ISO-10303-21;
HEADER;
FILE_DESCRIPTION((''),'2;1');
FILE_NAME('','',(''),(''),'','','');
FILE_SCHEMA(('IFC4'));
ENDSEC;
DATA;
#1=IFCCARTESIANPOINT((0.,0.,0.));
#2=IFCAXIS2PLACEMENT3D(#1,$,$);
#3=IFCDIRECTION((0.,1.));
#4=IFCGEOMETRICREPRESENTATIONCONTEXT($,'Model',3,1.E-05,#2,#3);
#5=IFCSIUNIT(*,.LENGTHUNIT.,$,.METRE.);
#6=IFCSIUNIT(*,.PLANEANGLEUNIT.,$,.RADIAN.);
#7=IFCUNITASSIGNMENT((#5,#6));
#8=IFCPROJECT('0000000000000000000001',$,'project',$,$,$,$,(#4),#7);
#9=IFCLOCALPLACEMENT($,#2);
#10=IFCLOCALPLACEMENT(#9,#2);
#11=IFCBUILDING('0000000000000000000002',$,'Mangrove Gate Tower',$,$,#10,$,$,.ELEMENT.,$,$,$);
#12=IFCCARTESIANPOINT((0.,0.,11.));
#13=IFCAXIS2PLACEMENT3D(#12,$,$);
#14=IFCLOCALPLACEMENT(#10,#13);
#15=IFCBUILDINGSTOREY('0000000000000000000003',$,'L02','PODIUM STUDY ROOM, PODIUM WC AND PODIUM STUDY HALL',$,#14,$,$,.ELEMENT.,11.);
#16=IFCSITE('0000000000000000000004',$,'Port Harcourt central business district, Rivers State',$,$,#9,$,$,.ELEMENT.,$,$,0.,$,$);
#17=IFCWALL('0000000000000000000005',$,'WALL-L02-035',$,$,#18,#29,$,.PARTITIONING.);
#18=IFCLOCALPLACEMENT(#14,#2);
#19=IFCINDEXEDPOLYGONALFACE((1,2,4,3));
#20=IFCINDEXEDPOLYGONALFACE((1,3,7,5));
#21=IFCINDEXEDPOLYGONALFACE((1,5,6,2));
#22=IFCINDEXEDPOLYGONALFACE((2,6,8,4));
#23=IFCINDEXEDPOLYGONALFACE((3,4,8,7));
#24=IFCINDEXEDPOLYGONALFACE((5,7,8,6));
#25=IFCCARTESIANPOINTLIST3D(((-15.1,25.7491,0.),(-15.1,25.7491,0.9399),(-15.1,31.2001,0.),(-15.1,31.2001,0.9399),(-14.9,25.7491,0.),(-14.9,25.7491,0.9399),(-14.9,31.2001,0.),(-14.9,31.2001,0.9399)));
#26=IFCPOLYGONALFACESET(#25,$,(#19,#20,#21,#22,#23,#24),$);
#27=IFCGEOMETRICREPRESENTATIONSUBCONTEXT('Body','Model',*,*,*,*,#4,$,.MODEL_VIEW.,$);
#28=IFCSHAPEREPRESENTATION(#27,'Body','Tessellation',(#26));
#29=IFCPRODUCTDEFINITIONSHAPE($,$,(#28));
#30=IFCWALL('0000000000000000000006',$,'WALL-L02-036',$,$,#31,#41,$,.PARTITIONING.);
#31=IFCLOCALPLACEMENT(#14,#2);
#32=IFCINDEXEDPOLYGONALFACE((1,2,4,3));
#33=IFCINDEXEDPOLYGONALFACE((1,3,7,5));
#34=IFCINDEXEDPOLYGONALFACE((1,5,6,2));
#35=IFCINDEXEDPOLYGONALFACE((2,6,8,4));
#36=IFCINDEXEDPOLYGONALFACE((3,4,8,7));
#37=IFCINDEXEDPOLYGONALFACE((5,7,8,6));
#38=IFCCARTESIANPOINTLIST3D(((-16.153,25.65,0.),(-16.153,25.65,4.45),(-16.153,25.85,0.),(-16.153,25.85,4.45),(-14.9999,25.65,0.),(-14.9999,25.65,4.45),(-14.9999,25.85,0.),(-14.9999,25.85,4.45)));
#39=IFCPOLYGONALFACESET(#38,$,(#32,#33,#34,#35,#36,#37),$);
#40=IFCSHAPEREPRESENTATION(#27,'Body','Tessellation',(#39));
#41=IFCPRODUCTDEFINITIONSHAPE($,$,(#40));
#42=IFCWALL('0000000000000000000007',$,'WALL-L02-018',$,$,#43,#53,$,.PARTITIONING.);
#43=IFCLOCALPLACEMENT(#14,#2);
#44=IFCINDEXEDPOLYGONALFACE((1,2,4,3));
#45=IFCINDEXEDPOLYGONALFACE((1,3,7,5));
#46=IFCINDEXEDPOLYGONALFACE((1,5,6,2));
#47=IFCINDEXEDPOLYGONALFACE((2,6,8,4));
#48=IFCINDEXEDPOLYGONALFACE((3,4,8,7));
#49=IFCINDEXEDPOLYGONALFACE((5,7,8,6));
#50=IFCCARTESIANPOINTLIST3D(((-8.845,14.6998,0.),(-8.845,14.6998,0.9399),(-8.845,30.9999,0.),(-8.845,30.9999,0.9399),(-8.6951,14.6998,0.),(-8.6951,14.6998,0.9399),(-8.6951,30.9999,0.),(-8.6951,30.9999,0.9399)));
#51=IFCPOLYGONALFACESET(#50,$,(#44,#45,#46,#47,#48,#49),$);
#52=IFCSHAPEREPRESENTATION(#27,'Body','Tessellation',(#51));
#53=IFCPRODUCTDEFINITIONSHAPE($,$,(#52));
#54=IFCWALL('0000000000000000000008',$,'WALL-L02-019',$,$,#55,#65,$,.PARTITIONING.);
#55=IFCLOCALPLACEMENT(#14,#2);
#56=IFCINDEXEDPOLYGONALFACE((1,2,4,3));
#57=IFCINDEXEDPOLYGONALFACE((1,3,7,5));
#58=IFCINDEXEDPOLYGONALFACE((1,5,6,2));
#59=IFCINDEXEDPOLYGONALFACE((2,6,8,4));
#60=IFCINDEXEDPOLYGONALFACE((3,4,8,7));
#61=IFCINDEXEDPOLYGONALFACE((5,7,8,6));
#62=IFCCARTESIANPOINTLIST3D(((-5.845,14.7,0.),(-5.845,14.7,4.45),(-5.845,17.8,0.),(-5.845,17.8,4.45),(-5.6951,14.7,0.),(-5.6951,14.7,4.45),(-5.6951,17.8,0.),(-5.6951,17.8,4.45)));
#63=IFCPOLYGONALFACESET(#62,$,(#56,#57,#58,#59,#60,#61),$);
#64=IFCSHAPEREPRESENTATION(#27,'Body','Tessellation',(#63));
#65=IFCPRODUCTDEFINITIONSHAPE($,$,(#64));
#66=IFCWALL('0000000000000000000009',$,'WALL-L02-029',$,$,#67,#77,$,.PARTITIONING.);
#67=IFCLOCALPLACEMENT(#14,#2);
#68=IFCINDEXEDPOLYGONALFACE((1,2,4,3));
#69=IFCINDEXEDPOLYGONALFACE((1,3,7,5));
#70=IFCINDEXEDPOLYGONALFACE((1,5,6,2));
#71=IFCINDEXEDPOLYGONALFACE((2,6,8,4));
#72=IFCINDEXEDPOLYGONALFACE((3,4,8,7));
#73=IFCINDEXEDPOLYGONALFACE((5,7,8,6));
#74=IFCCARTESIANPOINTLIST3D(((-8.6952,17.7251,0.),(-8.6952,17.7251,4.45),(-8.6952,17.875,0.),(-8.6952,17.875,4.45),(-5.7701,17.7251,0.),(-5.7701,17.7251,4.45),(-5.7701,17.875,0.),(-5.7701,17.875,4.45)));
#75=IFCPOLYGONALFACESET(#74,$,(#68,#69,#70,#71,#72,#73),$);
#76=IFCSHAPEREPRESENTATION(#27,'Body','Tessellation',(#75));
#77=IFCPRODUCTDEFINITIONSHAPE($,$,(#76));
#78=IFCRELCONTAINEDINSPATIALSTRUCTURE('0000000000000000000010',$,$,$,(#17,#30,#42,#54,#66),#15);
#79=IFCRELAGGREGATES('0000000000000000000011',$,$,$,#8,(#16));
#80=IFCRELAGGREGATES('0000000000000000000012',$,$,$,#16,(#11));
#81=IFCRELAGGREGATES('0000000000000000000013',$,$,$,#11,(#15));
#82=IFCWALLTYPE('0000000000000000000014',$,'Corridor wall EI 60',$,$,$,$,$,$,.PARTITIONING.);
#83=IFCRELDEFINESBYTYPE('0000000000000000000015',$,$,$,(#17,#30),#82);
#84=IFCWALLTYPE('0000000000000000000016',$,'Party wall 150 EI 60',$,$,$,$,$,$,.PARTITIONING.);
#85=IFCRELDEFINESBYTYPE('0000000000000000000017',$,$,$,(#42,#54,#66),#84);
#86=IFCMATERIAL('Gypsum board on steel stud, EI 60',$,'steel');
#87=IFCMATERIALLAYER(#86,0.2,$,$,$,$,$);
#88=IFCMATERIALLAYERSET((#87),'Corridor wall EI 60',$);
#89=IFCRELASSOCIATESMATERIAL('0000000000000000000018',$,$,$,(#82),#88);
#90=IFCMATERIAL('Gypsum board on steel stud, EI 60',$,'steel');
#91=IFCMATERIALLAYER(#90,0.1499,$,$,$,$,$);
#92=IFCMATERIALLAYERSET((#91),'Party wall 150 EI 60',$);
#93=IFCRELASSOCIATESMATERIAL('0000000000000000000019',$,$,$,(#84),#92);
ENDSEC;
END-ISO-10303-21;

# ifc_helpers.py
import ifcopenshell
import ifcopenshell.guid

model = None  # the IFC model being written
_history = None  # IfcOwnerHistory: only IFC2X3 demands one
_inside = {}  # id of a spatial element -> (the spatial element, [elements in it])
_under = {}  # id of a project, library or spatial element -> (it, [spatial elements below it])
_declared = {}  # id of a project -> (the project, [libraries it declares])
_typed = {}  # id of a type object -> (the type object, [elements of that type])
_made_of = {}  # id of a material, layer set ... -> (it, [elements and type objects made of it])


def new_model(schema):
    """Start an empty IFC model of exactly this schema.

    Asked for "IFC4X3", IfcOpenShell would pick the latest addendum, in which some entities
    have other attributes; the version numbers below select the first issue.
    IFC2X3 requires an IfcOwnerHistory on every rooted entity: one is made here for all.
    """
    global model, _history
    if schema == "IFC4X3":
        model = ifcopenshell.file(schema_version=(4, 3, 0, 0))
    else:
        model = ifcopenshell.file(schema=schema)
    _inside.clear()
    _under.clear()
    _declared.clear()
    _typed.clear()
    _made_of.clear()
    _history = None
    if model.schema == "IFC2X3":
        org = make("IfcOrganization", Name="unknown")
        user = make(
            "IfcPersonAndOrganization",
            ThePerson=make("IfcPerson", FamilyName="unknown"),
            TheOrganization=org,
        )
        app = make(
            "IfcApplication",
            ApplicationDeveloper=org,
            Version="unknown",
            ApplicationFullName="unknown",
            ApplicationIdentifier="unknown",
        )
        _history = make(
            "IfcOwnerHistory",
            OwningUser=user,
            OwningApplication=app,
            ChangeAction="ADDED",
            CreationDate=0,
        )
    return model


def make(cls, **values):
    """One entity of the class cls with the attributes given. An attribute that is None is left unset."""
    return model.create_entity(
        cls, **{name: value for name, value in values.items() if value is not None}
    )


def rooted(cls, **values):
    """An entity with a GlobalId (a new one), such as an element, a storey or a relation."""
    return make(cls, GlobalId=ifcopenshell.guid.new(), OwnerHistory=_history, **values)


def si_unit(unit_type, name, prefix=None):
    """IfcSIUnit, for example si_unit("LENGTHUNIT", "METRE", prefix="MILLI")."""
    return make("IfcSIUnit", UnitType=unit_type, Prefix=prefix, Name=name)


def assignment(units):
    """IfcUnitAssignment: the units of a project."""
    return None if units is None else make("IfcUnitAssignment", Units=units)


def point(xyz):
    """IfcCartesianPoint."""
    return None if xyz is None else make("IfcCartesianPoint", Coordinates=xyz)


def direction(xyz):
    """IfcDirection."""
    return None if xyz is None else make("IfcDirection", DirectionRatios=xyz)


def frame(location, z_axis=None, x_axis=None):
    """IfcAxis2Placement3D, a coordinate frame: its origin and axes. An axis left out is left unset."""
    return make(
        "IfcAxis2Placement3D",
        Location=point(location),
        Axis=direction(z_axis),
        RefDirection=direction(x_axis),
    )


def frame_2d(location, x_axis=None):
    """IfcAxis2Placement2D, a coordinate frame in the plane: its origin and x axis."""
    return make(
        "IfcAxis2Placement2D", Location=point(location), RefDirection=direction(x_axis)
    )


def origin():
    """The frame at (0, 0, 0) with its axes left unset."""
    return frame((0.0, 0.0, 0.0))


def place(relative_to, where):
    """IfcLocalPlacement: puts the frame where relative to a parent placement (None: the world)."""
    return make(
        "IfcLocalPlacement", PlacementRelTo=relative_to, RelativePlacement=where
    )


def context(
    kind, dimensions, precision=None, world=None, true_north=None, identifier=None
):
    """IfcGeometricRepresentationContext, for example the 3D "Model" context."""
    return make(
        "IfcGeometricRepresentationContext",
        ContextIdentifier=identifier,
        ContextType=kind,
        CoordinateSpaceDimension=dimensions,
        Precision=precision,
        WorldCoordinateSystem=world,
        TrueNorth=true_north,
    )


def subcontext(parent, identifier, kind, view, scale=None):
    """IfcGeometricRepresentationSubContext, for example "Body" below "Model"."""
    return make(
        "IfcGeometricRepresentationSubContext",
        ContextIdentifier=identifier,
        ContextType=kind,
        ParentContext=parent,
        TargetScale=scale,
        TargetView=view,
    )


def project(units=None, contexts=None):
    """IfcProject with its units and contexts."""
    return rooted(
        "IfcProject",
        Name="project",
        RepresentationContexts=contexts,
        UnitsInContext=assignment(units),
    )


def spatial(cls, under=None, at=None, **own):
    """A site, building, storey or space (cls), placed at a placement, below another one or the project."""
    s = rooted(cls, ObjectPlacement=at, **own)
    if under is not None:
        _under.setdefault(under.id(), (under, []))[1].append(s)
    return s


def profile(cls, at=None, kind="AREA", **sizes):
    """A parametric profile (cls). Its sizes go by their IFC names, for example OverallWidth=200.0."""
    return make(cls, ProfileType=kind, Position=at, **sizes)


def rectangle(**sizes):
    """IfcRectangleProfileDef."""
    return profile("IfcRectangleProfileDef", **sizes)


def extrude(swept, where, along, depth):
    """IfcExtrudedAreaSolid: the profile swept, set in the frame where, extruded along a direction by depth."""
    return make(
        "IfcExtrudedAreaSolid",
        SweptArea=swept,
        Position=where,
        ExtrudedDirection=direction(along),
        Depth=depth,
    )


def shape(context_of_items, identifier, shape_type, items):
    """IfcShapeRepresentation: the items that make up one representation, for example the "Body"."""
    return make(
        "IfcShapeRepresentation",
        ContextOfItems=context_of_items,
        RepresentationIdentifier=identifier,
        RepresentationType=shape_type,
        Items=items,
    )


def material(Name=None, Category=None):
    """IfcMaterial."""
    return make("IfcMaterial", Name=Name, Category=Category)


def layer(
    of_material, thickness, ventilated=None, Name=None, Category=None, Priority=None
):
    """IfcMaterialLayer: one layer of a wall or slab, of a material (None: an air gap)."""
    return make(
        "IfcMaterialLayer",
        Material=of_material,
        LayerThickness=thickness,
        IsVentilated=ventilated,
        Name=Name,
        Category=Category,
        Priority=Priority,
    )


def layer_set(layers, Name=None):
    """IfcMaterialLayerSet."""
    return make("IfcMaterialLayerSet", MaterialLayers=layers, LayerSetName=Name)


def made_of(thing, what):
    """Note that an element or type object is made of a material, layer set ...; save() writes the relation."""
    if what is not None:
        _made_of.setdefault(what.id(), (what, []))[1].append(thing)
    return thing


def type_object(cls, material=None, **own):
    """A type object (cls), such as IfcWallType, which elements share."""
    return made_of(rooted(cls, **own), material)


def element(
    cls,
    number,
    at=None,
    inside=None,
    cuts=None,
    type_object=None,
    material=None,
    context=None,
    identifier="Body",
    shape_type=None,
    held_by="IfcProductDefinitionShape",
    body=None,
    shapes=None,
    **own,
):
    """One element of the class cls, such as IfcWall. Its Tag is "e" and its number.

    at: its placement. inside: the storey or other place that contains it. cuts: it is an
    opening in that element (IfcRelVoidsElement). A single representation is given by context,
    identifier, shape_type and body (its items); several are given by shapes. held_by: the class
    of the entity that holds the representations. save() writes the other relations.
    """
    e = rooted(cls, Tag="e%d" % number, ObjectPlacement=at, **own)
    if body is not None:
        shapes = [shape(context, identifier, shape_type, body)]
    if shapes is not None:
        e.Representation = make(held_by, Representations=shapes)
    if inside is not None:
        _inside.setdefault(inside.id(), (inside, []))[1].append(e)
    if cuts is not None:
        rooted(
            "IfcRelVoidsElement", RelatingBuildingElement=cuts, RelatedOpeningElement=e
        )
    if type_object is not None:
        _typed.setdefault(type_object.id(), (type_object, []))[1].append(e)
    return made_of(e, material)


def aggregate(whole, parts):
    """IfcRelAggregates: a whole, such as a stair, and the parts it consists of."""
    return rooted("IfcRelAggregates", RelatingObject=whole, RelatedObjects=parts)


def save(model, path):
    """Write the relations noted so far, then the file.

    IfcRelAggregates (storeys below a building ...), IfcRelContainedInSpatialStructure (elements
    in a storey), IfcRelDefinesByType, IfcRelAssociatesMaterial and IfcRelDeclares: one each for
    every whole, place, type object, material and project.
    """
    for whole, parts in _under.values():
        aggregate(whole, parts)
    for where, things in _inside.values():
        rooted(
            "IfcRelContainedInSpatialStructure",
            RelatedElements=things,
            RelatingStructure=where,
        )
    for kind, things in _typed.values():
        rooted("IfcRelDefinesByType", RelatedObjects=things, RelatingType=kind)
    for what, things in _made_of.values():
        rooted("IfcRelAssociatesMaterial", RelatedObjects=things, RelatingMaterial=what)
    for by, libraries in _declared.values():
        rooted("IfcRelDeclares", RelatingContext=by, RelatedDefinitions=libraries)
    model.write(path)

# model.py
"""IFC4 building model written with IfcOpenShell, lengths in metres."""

from ifc_helpers import new_model, si_unit, direction, frame, frame_2d, origin, place, context, subcontext, project, spatial, rectangle, extrude, material, layer, layer_set, type_object, element, save


model = new_model("IFC4")

# Units and contexts
model_context = context("Model", 3, precision=1e-05, world=origin(), true_north=direction((0.0, 1.0)))
body_context = subcontext(model_context, "Body", "Model", "MODEL_VIEW")
ifc_project = project(units=[si_unit("LENGTHUNIT", "METRE"), si_unit("PLANEANGLEUNIT", "RADIAN")], contexts=[model_context])

# Site, building, storey
site_placement = place(None, origin())
site = spatial("IfcSite", under=ifc_project, at=site_placement, Name="Port Harcourt central business district, Rivers State", CompositionType="ELEMENT", RefElevation=0.0)
building_placement = place(site_placement, origin())
building = spatial("IfcBuilding", under=site, at=building_placement, Name="Mangrove Gate Tower", CompositionType="ELEMENT")
storey_placement = place(building_placement, frame((0.0, 0.0, 11.0)))
storey = spatial("IfcBuildingStorey", under=building, at=storey_placement, Name="L02", Description="PODIUM STUDY ROOM, PODIUM WC AND PODIUM STUDY HALL", CompositionType="ELEMENT", Elevation=11.0)

# Shared definitions
ifc_material_1 = material(Name="Gypsum board on steel stud, EI 60", Category="steel")
ifc_layer_1 = layer(ifc_material_1, 0.2)
ifc_layer_set_1 = layer_set([ifc_layer_1], Name="Corridor wall EI 60")
wall_type_1 = type_object("IfcWallType", Name="Corridor wall EI 60", PredefinedType="PARTITIONING", material=ifc_layer_set_1)

# Walls
wall_1_placement = place(storey_placement, frame((-15.0, 25.749, 0.0), z_axis=(0.0, 0.0, 1.0), x_axis=(0.0, 1.0, 0.0)))
element("IfcWall", 1, at=wall_1_placement, inside=storey, type_object=wall_type_1, Name="WALL-L02-035", PredefinedType="PARTITIONING", context=body_context, shape_type="SweptSolid", body=[
    extrude(rectangle(XDim=5.4509, YDim=0.2, at=frame_2d((2.7256, 0.0))), origin(), (0.0, 0.0, 1.0), 0.9399),
])
wall_2_placement = place(storey_placement, frame((-16.1531, 25.75, 0.0), z_axis=(0.0, 0.0, 1.0), x_axis=(1.0, 0.0, 0.0)))
element("IfcWall", 2, at=wall_2_placement, inside=storey, type_object=wall_type_1, Name="WALL-L02-036", PredefinedType="PARTITIONING", context=body_context, shape_type="SweptSolid", body=[
    extrude(rectangle(XDim=1.1531, YDim=0.2, at=frame_2d((0.5767, 0.0))), origin(), (0.0, 0.0, 1.0), 4.45),
])
ifc_material_2 = material(Name="Gypsum board on steel stud, EI 60", Category="steel")
ifc_layer_2 = layer(ifc_material_2, 0.1499)
ifc_layer_set_2 = layer_set([ifc_layer_2], Name="Party wall 150 EI 60")
wall_type_2 = type_object("IfcWallType", Name="Party wall 150 EI 60", PredefinedType="PARTITIONING", material=ifc_layer_set_2)
wall_3_placement = place(storey_placement, frame((-8.77, 14.7, 0.0), z_axis=(0.0, 0.0, 1.0), x_axis=(0.0, 1.0, 0.0)))
element("IfcWall", 3, at=wall_3_placement, inside=storey, type_object=wall_type_2, Name="WALL-L02-018", PredefinedType="PARTITIONING", context=body_context, shape_type="SweptSolid", body=[
    extrude(rectangle(XDim=16.3, YDim=0.1499, at=frame_2d((8.1499, 0.0))), origin(), (0.0, 0.0, 1.0), 0.9399),
])
wall_4_placement = place(storey_placement, frame((-5.77, 14.7, 0.0), z_axis=(0.0, 0.0, 1.0), x_axis=(0.0, 1.0, 0.0)))
element("IfcWall", 4, at=wall_4_placement, inside=storey, type_object=wall_type_2, Name="WALL-L02-019", PredefinedType="PARTITIONING", context=body_context, shape_type="SweptSolid", body=[
    extrude(rectangle(XDim=3.1001, YDim=0.1499, at=frame_2d((1.55, 0.0))), origin(), (0.0, 0.0, 1.0), 4.45),
])
wall_5_placement = place(storey_placement, frame((-8.6951, 17.8, 0.0), z_axis=(0.0, 0.0, 1.0), x_axis=(1.0, 0.0, 0.0)))
element("IfcWall", 5, at=wall_5_placement, inside=storey, type_object=wall_type_2, Name="WALL-L02-029", PredefinedType="PARTITIONING", context=body_context, shape_type="SweptSolid", body=[
    extrude(rectangle(XDim=2.925, YDim=0.1499, at=frame_2d((1.4624, 0.0))), origin(), (0.0, 0.0, 1.0), 4.45),
])

save(model, "model.ifc")
